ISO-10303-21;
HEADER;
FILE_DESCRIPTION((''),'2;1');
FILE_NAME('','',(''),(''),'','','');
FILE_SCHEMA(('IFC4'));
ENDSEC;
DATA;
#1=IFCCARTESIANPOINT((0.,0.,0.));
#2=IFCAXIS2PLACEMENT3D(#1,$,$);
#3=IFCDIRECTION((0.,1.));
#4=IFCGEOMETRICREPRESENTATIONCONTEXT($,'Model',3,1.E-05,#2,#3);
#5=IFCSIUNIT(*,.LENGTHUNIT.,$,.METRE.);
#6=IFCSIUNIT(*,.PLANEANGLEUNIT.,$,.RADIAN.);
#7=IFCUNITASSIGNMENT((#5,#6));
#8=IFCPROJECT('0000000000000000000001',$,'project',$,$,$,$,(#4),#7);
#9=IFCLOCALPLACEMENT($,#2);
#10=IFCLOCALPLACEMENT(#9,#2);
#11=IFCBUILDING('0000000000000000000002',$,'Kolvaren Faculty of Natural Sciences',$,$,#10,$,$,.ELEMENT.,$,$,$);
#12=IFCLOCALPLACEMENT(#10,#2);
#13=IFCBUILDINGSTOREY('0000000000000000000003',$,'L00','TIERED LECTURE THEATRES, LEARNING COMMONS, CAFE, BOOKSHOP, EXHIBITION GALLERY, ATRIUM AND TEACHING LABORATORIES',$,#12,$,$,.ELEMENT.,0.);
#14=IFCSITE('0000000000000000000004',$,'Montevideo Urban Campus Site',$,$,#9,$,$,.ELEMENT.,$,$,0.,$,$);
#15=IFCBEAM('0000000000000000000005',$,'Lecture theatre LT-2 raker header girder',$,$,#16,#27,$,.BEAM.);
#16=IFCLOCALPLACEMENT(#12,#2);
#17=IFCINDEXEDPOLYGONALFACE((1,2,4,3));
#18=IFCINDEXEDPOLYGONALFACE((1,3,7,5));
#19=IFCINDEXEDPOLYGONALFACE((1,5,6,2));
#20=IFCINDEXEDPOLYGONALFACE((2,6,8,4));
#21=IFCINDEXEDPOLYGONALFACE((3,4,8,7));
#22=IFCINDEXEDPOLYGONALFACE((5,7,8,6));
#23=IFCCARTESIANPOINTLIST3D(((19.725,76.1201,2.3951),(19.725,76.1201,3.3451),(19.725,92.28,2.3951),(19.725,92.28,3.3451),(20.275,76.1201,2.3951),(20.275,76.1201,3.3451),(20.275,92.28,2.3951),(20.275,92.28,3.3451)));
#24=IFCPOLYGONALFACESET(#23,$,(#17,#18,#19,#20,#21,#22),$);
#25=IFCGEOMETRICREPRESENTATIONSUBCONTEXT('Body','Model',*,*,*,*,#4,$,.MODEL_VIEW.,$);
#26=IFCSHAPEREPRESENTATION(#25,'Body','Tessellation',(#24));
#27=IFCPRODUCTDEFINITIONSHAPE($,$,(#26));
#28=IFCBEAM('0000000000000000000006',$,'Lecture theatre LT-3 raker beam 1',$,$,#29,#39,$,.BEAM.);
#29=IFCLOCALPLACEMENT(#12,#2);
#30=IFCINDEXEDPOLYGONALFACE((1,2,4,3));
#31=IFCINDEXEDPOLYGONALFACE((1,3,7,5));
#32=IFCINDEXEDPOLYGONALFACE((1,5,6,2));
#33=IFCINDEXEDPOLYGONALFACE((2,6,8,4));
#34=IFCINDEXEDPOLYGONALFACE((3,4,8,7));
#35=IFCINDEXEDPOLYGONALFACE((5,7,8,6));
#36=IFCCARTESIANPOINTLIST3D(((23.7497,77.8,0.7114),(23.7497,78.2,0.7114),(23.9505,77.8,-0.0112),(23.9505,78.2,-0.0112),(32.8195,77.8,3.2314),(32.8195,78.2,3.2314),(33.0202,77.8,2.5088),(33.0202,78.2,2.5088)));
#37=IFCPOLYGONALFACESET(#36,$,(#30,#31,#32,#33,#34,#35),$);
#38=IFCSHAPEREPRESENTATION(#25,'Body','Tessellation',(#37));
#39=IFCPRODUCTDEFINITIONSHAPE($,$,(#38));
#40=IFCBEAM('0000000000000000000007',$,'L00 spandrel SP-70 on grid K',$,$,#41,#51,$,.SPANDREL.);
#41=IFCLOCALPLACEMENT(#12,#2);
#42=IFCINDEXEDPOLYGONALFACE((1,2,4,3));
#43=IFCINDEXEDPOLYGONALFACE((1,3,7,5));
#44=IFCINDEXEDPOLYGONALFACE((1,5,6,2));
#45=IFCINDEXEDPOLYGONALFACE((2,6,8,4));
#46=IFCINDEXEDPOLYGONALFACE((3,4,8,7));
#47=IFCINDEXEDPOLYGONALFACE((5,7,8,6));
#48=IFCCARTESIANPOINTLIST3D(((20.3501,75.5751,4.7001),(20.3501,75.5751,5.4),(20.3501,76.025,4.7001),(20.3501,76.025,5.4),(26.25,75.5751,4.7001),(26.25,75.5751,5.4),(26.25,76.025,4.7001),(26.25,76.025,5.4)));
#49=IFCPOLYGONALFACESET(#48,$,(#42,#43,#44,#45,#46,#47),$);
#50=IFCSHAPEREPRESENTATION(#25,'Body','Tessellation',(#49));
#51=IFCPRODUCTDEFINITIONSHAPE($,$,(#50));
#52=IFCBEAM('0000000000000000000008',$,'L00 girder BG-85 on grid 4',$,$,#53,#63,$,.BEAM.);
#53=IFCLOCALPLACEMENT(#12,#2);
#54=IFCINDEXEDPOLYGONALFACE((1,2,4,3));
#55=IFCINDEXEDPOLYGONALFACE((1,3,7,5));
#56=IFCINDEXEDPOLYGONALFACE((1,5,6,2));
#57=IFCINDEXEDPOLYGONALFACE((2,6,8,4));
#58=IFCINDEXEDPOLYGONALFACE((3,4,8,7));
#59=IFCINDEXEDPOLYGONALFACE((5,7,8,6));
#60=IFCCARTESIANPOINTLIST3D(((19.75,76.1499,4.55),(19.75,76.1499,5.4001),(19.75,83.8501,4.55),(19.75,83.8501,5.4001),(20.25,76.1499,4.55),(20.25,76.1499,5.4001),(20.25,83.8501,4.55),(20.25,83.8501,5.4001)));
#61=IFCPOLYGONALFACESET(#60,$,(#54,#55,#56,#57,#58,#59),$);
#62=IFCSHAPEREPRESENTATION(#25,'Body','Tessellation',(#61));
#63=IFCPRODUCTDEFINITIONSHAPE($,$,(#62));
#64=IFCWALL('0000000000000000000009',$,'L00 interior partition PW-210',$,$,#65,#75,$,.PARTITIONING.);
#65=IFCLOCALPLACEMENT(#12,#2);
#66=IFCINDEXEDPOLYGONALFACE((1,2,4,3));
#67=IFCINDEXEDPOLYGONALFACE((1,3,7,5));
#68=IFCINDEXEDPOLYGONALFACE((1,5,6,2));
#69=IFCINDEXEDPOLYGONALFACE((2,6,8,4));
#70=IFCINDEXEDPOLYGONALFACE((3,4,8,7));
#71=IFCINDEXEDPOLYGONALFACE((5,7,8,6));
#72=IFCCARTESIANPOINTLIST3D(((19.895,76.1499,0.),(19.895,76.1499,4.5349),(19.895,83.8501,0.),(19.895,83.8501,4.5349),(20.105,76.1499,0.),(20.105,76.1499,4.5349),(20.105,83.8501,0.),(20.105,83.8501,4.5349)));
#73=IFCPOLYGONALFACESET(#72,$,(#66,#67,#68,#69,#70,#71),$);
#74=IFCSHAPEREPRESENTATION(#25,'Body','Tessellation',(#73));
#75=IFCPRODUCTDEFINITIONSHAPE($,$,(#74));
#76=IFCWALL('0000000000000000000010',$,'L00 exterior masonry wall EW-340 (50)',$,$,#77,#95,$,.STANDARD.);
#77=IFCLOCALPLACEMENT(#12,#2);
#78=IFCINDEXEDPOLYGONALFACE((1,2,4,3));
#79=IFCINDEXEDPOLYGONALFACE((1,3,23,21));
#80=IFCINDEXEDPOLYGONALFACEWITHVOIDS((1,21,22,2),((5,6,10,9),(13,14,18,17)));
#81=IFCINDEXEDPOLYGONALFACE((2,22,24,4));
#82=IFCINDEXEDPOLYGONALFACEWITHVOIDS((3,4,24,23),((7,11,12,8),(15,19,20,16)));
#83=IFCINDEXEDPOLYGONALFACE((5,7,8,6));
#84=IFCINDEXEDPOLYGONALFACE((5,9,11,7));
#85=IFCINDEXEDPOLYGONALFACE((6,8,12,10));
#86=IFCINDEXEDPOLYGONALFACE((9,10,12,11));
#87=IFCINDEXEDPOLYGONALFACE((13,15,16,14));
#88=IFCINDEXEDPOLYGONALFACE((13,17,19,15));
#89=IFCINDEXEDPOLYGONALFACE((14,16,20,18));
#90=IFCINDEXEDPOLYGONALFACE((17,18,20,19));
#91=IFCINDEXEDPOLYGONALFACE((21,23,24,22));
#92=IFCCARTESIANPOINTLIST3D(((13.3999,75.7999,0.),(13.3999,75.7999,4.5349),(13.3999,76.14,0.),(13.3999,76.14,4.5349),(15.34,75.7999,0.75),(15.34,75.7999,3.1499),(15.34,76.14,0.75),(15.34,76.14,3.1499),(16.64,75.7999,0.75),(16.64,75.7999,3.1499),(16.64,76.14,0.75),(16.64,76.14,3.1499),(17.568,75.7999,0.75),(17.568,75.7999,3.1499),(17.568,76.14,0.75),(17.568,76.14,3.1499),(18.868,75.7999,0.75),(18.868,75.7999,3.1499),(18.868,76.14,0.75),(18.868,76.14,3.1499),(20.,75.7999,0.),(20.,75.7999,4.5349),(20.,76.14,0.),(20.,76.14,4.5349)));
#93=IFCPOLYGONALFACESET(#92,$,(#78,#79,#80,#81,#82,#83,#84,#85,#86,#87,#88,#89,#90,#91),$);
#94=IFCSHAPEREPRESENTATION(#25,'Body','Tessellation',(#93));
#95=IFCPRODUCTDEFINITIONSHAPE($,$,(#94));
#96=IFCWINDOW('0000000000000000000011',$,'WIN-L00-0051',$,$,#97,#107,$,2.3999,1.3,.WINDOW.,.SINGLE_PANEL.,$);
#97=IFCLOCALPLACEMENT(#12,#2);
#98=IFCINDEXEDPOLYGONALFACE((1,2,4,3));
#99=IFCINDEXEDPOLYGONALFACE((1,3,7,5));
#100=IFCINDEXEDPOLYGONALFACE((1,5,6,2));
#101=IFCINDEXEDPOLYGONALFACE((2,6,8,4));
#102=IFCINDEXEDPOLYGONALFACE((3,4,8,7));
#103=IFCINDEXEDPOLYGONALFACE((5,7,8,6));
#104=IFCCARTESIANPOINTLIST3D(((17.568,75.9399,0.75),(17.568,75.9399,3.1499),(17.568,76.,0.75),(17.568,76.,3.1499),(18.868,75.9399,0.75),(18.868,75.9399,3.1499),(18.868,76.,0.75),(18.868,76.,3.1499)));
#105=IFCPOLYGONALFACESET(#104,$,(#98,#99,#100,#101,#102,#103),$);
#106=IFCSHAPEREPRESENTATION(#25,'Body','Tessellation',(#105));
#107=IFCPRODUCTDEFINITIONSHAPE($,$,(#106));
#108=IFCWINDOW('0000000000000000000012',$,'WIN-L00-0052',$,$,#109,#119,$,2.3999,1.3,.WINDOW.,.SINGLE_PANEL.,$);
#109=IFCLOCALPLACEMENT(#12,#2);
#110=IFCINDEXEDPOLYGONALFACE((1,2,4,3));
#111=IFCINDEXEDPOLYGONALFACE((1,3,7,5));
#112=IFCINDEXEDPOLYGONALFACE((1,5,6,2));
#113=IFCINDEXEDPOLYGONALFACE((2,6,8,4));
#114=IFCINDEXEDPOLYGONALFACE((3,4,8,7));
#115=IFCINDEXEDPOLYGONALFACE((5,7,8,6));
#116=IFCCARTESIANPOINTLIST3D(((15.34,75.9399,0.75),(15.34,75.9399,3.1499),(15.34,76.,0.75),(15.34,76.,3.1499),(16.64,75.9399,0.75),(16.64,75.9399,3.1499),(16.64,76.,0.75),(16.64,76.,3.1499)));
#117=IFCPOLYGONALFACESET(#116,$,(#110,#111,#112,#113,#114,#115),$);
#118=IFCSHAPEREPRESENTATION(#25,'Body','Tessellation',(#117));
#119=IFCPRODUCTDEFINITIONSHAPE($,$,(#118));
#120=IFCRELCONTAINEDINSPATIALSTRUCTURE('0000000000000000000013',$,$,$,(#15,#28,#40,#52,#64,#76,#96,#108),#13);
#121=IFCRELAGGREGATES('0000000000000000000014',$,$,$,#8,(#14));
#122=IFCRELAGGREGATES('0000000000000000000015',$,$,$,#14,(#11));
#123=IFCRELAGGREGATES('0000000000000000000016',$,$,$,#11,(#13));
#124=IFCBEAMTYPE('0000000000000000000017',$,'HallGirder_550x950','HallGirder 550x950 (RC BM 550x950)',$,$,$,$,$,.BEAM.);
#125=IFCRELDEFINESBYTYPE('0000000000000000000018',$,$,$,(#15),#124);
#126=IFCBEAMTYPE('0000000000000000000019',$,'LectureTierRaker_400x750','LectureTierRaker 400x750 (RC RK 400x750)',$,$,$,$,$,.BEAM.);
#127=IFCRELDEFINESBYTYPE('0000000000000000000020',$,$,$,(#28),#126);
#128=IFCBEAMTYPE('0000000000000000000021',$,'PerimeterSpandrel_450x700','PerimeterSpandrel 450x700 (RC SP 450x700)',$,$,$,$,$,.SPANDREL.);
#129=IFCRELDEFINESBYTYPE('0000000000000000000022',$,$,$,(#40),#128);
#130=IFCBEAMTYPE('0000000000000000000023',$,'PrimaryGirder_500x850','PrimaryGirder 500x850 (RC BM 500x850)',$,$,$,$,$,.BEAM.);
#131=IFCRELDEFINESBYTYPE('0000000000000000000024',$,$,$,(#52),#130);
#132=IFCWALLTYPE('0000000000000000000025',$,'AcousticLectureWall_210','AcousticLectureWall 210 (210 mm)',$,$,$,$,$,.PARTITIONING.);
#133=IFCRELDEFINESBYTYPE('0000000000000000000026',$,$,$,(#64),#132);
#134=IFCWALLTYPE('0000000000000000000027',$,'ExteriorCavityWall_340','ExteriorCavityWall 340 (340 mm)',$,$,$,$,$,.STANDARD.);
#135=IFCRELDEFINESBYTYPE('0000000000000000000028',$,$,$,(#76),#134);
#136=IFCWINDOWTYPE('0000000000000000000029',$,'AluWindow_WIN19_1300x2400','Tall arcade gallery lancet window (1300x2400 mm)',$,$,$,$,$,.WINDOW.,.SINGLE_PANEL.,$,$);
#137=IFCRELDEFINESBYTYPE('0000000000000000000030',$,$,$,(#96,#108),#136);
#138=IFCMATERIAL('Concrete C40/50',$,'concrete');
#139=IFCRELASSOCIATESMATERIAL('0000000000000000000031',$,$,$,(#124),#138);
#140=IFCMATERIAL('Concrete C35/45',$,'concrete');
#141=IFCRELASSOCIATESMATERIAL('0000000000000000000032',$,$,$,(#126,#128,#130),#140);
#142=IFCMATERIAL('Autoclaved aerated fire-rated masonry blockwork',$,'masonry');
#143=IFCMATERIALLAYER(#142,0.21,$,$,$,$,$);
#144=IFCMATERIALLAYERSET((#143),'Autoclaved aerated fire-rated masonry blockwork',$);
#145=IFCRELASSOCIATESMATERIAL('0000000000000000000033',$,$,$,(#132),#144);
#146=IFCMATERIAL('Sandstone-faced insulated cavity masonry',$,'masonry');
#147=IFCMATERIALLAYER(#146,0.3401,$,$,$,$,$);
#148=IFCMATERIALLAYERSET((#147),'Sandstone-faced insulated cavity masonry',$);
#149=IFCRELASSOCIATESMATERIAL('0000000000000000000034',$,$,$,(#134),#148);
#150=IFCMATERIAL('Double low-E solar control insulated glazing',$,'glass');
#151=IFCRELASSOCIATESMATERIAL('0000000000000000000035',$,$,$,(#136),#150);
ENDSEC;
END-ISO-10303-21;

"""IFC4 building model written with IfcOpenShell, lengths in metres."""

from ifc_helpers import new_model, si_unit, direction, frame, frame_2d, origin, origin_2d, place, context, subcontext, project, spatial, rectangle, extrude, material, layer, layer_set, material_profile, profile_set, type_object, element, fill, save


model = new_model("IFC4")

# Units and contexts
model_context = context("Model", 3, precision=1e-05, world=origin(), true_north=direction((0.0, 1.0)))
body_context = subcontext(model_context, "Body", "Model", "MODEL_VIEW")
ifc_project = project(units=[si_unit("LENGTHUNIT", "METRE"), si_unit("PLANEANGLEUNIT", "RADIAN")], contexts=[model_context])

# Site, building, storey
site_placement = place(None, origin())
site = spatial("IfcSite", under=ifc_project, at=site_placement, Name="Montevideo Urban Campus Site", CompositionType="ELEMENT", RefElevation=0.0)
building_placement = place(site_placement, origin())
building = spatial("IfcBuilding", under=site, at=building_placement, Name="Kolvaren Faculty of Natural Sciences", CompositionType="ELEMENT")
storey_placement = place(building_placement, origin())
storey = spatial("IfcBuildingStorey", under=building, at=storey_placement, Name="L00", Description="TIERED LECTURE THEATRES, LEARNING COMMONS, CAFE, BOOKSHOP, EXHIBITION GALLERY, ATRIUM AND TEACHING LABORATORIES", CompositionType="ELEMENT", Elevation=0.0)

# Shared definitions
ifc_material_1 = material(Name="Concrete C35/45", Category="concrete")

# Shared definitions
ifc_material_2 = material(Name="Concrete C40/50", Category="concrete")

# Beams
ifc_material_profile_1 = material_profile(ifc_material_2, rectangle(XDim=0.55, YDim=0.95, at=origin_2d()), Name="RC BM 550x950")
ifc_profile_set_1 = profile_set([ifc_material_profile_1], Name="Concrete C40/50")
beam_type_1 = type_object("IfcBeamType", Name="HallGirder_550x950", Description="HallGirder 550x950 (RC BM 550x950)", PredefinedType="BEAM", material=ifc_profile_set_1)
beam_1_placement = place(storey_placement, frame((20.0, 76.1201, 2.8701), z_axis=(0.0, 1.0, 0.0), x_axis=(-1.0, 0.0, 0.0)))
element("IfcBeam", 1, at=beam_1_placement, inside=storey, type_object=beam_type_1, Name="Lecture theatre LT-2 raker header girder", PredefinedType="BEAM", context=body_context, shape_type="SweptSolid", body=[
    extrude(rectangle(XDim=0.55, YDim=0.95, at=origin_2d()), origin(), (0.0, 0.0, 1.0), 16.1599),
])
ifc_material_profile_2 = material_profile(ifc_material_1, rectangle(XDim=0.3999, YDim=0.75, at=origin_2d()), Name="RC RK 400x750")
ifc_profile_set_2 = profile_set([ifc_material_profile_2], Name="Concrete C35/45")
beam_type_2 = type_object("IfcBeamType", Name="LectureTierRaker_400x750", Description="LectureTierRaker 400x750 (RC RK 400x750)", PredefinedType="BEAM", material=ifc_profile_set_2)
beam_2_placement = place(storey_placement, frame((23.8501, 78.0, 0.3501), z_axis=(0.963501, 0.0, 0.267705), x_axis=(0.0, 1.0, 0.0)))
element("IfcBeam", 2, at=beam_2_placement, inside=storey, type_object=beam_type_2, Name="Lecture theatre LT-3 raker beam 1", PredefinedType="BEAM", context=body_context, shape_type="SweptSolid", body=[
    extrude(rectangle(XDim=0.3999, YDim=0.75, at=origin_2d()), origin(), (0.0, 0.0, 1.0), 9.4133),
])
ifc_material_profile_3 = material_profile(ifc_material_1, rectangle(XDim=0.45, YDim=0.7, at=origin_2d()), Name="RC SP 450x700")
ifc_profile_set_3 = profile_set([ifc_material_profile_3], Name="Concrete C35/45")
beam_type_3 = type_object("IfcBeamType", Name="PerimeterSpandrel_450x700", Description="PerimeterSpandrel 450x700 (RC SP 450x700)", PredefinedType="SPANDREL", material=ifc_profile_set_3)
beam_3_placement = place(storey_placement, frame((20.3501, 75.8, 5.05), z_axis=(1.0, 0.0, 0.0), x_axis=(0.0, 1.0, 0.0)))
element("IfcBeam", 3, at=beam_3_placement, inside=storey, type_object=beam_type_3, Name="L00 spandrel SP-70 on grid K", PredefinedType="SPANDREL", context=body_context, shape_type="SweptSolid", body=[
    extrude(rectangle(XDim=0.45, YDim=0.7, at=origin_2d()), origin(), (0.0, 0.0, 1.0), 5.8999),
])
ifc_material_profile_4 = material_profile(ifc_material_1, rectangle(XDim=0.5, YDim=0.8501, at=origin_2d()), Name="RC BM 500x850")
ifc_profile_set_4 = profile_set([ifc_material_profile_4], Name="Concrete C35/45")
beam_type_4 = type_object("IfcBeamType", Name="PrimaryGirder_500x850", Description="PrimaryGirder 500x850 (RC BM 500x850)", PredefinedType="BEAM", material=ifc_profile_set_4)
beam_4_placement = place(storey_placement, frame((20.0, 76.1499, 4.9751), z_axis=(0.0, 1.0, 0.0), x_axis=(-1.0, 0.0, 0.0)))
element("IfcBeam", 4, at=beam_4_placement, inside=storey, type_object=beam_type_4, Name="L00 girder BG-85 on grid 4", PredefinedType="BEAM", context=body_context, shape_type="SweptSolid", body=[
    extrude(rectangle(XDim=0.5, YDim=0.8501, at=origin_2d()), origin(), (0.0, 0.0, 1.0), 7.7002),
])

# Wall
ifc_material_3 = material(Name="Autoclaved aerated fire-rated masonry blockwork", Category="masonry")
ifc_layer_1 = layer(ifc_material_3, 0.21)
ifc_layer_set_1 = layer_set([ifc_layer_1], Name="Autoclaved aerated fire-rated masonry blockwork")
wall_type_1 = type_object("IfcWallType", Name="AcousticLectureWall_210", Description="AcousticLectureWall 210 (210 mm)", PredefinedType="PARTITIONING", material=ifc_layer_set_1)
wall_1_placement = place(storey_placement, frame((20.0, 76.1499, 0.0), z_axis=(0.0, 0.0, 1.0), x_axis=(0.0, 1.0, 0.0)))
element("IfcWall", 5, at=wall_1_placement, inside=storey, type_object=wall_type_1, Name="L00 interior partition PW-210", PredefinedType="PARTITIONING", context=body_context, shape_type="SweptSolid", body=[
    extrude(rectangle(XDim=7.7002, YDim=0.21, at=frame_2d((3.8501, 0.0))), origin(), (0.0, 0.0, 1.0), 4.5349),
])

# Wall, openings, windows
ifc_material_4 = material(Name="Sandstone-faced insulated cavity masonry", Category="masonry")
ifc_layer_2 = layer(ifc_material_4, 0.3401)
ifc_layer_set_2 = layer_set([ifc_layer_2], Name="Sandstone-faced insulated cavity masonry")
wall_type_2 = type_object("IfcWallType", Name="ExteriorCavityWall_340", Description="ExteriorCavityWall 340 (340 mm)", PredefinedType="STANDARD", material=ifc_layer_set_2)
wall_2_placement = place(storey_placement, frame((20.0, 75.97, 0.0), z_axis=(0.0, 0.0, 1.0), x_axis=(-1.0, 0.0, 0.0)))
wall_2 = element("IfcWall", 6, at=wall_2_placement, inside=storey, type_object=wall_type_2, Name="L00 exterior masonry wall EW-340 (50)", PredefinedType="STANDARD", context=body_context, shape_type="SweptSolid", body=[
    extrude(rectangle(XDim=6.6001, YDim=0.3401, at=frame_2d((3.3, 0.0))), origin(), (0.0, 0.0, 1.0), 4.5349),
])
opening_1_placement = place(wall_2_placement, frame((1.1321, 0.0, 0.75)))
opening_1 = element("IfcOpeningElement", 7, at=opening_1_placement, cuts=wall_2, PredefinedType="OPENING", context=body_context, shape_type="SweptSolid", body=[
    extrude(rectangle(XDim=1.3, YDim=2.3999, at=frame_2d((0.6499, 1.2))), frame((0.0, 0.1799, 0.0), z_axis=(0.0, -1.0, 0.0), x_axis=(1.0, 0.0, 0.0)), (0.0, 0.0, 1.0), 0.3601),
])
opening_2_placement = place(wall_2_placement, frame((3.3601, 0.0, 0.75)))
opening_2 = element("IfcOpeningElement", 8, at=opening_2_placement, cuts=wall_2, PredefinedType="OPENING", context=body_context, shape_type="SweptSolid", body=[
    extrude(rectangle(XDim=1.3, YDim=2.3999, at=frame_2d((0.6499, 1.2))), frame((0.0, 0.1799, 0.0), z_axis=(0.0, -1.0, 0.0), x_axis=(1.0, 0.0, 0.0)), (0.0, 0.0, 1.0), 0.3601),
])
ifc_material_5 = material(Name="Double low-E solar control insulated glazing", Category="glass")
window_type = type_object("IfcWindowType", Name="AluWindow_WIN19_1300x2400", Description="Tall arcade gallery lancet window (1300x2400 mm)", PartitioningType="SINGLE_PANEL", PredefinedType="WINDOW", material=ifc_material_5)
window_1_placement = place(opening_1_placement, origin())
window_1 = element("IfcWindow", 9, at=window_1_placement, inside=storey, type_object=window_type, Name="WIN-L00-0051", OverallHeight=2.3999, OverallWidth=1.3, PartitioningType="SINGLE_PANEL", PredefinedType="WINDOW", context=body_context, shape_type="SweptSolid", body=[
    extrude(rectangle(XDim=1.3, YDim=2.3999, at=frame_2d((0.6499, 1.2))), frame((0.0, 0.03, 0.0), z_axis=(0.0, -1.0, 0.0), x_axis=(1.0, 0.0, 0.0)), (0.0, 0.0, 1.0), 0.0601),
])
fill(opening_1, window_1)
window_2_placement = place(opening_2_placement, origin())
window_2 = element("IfcWindow", 10, at=window_2_placement, inside=storey, type_object=window_type, Name="WIN-L00-0052", OverallHeight=2.3999, OverallWidth=1.3, PartitioningType="SINGLE_PANEL", PredefinedType="WINDOW", context=body_context, shape_type="SweptSolid", body=[
    extrude(rectangle(XDim=1.3, YDim=2.3999, at=frame_2d((0.6499, 1.2))), frame((0.0, 0.03, 0.0), z_axis=(0.0, -1.0, 0.0), x_axis=(1.0, 0.0, 0.0)), (0.0, 0.0, 1.0), 0.0601),
])
fill(opening_2, window_2)

save(model, "model.ifc")
